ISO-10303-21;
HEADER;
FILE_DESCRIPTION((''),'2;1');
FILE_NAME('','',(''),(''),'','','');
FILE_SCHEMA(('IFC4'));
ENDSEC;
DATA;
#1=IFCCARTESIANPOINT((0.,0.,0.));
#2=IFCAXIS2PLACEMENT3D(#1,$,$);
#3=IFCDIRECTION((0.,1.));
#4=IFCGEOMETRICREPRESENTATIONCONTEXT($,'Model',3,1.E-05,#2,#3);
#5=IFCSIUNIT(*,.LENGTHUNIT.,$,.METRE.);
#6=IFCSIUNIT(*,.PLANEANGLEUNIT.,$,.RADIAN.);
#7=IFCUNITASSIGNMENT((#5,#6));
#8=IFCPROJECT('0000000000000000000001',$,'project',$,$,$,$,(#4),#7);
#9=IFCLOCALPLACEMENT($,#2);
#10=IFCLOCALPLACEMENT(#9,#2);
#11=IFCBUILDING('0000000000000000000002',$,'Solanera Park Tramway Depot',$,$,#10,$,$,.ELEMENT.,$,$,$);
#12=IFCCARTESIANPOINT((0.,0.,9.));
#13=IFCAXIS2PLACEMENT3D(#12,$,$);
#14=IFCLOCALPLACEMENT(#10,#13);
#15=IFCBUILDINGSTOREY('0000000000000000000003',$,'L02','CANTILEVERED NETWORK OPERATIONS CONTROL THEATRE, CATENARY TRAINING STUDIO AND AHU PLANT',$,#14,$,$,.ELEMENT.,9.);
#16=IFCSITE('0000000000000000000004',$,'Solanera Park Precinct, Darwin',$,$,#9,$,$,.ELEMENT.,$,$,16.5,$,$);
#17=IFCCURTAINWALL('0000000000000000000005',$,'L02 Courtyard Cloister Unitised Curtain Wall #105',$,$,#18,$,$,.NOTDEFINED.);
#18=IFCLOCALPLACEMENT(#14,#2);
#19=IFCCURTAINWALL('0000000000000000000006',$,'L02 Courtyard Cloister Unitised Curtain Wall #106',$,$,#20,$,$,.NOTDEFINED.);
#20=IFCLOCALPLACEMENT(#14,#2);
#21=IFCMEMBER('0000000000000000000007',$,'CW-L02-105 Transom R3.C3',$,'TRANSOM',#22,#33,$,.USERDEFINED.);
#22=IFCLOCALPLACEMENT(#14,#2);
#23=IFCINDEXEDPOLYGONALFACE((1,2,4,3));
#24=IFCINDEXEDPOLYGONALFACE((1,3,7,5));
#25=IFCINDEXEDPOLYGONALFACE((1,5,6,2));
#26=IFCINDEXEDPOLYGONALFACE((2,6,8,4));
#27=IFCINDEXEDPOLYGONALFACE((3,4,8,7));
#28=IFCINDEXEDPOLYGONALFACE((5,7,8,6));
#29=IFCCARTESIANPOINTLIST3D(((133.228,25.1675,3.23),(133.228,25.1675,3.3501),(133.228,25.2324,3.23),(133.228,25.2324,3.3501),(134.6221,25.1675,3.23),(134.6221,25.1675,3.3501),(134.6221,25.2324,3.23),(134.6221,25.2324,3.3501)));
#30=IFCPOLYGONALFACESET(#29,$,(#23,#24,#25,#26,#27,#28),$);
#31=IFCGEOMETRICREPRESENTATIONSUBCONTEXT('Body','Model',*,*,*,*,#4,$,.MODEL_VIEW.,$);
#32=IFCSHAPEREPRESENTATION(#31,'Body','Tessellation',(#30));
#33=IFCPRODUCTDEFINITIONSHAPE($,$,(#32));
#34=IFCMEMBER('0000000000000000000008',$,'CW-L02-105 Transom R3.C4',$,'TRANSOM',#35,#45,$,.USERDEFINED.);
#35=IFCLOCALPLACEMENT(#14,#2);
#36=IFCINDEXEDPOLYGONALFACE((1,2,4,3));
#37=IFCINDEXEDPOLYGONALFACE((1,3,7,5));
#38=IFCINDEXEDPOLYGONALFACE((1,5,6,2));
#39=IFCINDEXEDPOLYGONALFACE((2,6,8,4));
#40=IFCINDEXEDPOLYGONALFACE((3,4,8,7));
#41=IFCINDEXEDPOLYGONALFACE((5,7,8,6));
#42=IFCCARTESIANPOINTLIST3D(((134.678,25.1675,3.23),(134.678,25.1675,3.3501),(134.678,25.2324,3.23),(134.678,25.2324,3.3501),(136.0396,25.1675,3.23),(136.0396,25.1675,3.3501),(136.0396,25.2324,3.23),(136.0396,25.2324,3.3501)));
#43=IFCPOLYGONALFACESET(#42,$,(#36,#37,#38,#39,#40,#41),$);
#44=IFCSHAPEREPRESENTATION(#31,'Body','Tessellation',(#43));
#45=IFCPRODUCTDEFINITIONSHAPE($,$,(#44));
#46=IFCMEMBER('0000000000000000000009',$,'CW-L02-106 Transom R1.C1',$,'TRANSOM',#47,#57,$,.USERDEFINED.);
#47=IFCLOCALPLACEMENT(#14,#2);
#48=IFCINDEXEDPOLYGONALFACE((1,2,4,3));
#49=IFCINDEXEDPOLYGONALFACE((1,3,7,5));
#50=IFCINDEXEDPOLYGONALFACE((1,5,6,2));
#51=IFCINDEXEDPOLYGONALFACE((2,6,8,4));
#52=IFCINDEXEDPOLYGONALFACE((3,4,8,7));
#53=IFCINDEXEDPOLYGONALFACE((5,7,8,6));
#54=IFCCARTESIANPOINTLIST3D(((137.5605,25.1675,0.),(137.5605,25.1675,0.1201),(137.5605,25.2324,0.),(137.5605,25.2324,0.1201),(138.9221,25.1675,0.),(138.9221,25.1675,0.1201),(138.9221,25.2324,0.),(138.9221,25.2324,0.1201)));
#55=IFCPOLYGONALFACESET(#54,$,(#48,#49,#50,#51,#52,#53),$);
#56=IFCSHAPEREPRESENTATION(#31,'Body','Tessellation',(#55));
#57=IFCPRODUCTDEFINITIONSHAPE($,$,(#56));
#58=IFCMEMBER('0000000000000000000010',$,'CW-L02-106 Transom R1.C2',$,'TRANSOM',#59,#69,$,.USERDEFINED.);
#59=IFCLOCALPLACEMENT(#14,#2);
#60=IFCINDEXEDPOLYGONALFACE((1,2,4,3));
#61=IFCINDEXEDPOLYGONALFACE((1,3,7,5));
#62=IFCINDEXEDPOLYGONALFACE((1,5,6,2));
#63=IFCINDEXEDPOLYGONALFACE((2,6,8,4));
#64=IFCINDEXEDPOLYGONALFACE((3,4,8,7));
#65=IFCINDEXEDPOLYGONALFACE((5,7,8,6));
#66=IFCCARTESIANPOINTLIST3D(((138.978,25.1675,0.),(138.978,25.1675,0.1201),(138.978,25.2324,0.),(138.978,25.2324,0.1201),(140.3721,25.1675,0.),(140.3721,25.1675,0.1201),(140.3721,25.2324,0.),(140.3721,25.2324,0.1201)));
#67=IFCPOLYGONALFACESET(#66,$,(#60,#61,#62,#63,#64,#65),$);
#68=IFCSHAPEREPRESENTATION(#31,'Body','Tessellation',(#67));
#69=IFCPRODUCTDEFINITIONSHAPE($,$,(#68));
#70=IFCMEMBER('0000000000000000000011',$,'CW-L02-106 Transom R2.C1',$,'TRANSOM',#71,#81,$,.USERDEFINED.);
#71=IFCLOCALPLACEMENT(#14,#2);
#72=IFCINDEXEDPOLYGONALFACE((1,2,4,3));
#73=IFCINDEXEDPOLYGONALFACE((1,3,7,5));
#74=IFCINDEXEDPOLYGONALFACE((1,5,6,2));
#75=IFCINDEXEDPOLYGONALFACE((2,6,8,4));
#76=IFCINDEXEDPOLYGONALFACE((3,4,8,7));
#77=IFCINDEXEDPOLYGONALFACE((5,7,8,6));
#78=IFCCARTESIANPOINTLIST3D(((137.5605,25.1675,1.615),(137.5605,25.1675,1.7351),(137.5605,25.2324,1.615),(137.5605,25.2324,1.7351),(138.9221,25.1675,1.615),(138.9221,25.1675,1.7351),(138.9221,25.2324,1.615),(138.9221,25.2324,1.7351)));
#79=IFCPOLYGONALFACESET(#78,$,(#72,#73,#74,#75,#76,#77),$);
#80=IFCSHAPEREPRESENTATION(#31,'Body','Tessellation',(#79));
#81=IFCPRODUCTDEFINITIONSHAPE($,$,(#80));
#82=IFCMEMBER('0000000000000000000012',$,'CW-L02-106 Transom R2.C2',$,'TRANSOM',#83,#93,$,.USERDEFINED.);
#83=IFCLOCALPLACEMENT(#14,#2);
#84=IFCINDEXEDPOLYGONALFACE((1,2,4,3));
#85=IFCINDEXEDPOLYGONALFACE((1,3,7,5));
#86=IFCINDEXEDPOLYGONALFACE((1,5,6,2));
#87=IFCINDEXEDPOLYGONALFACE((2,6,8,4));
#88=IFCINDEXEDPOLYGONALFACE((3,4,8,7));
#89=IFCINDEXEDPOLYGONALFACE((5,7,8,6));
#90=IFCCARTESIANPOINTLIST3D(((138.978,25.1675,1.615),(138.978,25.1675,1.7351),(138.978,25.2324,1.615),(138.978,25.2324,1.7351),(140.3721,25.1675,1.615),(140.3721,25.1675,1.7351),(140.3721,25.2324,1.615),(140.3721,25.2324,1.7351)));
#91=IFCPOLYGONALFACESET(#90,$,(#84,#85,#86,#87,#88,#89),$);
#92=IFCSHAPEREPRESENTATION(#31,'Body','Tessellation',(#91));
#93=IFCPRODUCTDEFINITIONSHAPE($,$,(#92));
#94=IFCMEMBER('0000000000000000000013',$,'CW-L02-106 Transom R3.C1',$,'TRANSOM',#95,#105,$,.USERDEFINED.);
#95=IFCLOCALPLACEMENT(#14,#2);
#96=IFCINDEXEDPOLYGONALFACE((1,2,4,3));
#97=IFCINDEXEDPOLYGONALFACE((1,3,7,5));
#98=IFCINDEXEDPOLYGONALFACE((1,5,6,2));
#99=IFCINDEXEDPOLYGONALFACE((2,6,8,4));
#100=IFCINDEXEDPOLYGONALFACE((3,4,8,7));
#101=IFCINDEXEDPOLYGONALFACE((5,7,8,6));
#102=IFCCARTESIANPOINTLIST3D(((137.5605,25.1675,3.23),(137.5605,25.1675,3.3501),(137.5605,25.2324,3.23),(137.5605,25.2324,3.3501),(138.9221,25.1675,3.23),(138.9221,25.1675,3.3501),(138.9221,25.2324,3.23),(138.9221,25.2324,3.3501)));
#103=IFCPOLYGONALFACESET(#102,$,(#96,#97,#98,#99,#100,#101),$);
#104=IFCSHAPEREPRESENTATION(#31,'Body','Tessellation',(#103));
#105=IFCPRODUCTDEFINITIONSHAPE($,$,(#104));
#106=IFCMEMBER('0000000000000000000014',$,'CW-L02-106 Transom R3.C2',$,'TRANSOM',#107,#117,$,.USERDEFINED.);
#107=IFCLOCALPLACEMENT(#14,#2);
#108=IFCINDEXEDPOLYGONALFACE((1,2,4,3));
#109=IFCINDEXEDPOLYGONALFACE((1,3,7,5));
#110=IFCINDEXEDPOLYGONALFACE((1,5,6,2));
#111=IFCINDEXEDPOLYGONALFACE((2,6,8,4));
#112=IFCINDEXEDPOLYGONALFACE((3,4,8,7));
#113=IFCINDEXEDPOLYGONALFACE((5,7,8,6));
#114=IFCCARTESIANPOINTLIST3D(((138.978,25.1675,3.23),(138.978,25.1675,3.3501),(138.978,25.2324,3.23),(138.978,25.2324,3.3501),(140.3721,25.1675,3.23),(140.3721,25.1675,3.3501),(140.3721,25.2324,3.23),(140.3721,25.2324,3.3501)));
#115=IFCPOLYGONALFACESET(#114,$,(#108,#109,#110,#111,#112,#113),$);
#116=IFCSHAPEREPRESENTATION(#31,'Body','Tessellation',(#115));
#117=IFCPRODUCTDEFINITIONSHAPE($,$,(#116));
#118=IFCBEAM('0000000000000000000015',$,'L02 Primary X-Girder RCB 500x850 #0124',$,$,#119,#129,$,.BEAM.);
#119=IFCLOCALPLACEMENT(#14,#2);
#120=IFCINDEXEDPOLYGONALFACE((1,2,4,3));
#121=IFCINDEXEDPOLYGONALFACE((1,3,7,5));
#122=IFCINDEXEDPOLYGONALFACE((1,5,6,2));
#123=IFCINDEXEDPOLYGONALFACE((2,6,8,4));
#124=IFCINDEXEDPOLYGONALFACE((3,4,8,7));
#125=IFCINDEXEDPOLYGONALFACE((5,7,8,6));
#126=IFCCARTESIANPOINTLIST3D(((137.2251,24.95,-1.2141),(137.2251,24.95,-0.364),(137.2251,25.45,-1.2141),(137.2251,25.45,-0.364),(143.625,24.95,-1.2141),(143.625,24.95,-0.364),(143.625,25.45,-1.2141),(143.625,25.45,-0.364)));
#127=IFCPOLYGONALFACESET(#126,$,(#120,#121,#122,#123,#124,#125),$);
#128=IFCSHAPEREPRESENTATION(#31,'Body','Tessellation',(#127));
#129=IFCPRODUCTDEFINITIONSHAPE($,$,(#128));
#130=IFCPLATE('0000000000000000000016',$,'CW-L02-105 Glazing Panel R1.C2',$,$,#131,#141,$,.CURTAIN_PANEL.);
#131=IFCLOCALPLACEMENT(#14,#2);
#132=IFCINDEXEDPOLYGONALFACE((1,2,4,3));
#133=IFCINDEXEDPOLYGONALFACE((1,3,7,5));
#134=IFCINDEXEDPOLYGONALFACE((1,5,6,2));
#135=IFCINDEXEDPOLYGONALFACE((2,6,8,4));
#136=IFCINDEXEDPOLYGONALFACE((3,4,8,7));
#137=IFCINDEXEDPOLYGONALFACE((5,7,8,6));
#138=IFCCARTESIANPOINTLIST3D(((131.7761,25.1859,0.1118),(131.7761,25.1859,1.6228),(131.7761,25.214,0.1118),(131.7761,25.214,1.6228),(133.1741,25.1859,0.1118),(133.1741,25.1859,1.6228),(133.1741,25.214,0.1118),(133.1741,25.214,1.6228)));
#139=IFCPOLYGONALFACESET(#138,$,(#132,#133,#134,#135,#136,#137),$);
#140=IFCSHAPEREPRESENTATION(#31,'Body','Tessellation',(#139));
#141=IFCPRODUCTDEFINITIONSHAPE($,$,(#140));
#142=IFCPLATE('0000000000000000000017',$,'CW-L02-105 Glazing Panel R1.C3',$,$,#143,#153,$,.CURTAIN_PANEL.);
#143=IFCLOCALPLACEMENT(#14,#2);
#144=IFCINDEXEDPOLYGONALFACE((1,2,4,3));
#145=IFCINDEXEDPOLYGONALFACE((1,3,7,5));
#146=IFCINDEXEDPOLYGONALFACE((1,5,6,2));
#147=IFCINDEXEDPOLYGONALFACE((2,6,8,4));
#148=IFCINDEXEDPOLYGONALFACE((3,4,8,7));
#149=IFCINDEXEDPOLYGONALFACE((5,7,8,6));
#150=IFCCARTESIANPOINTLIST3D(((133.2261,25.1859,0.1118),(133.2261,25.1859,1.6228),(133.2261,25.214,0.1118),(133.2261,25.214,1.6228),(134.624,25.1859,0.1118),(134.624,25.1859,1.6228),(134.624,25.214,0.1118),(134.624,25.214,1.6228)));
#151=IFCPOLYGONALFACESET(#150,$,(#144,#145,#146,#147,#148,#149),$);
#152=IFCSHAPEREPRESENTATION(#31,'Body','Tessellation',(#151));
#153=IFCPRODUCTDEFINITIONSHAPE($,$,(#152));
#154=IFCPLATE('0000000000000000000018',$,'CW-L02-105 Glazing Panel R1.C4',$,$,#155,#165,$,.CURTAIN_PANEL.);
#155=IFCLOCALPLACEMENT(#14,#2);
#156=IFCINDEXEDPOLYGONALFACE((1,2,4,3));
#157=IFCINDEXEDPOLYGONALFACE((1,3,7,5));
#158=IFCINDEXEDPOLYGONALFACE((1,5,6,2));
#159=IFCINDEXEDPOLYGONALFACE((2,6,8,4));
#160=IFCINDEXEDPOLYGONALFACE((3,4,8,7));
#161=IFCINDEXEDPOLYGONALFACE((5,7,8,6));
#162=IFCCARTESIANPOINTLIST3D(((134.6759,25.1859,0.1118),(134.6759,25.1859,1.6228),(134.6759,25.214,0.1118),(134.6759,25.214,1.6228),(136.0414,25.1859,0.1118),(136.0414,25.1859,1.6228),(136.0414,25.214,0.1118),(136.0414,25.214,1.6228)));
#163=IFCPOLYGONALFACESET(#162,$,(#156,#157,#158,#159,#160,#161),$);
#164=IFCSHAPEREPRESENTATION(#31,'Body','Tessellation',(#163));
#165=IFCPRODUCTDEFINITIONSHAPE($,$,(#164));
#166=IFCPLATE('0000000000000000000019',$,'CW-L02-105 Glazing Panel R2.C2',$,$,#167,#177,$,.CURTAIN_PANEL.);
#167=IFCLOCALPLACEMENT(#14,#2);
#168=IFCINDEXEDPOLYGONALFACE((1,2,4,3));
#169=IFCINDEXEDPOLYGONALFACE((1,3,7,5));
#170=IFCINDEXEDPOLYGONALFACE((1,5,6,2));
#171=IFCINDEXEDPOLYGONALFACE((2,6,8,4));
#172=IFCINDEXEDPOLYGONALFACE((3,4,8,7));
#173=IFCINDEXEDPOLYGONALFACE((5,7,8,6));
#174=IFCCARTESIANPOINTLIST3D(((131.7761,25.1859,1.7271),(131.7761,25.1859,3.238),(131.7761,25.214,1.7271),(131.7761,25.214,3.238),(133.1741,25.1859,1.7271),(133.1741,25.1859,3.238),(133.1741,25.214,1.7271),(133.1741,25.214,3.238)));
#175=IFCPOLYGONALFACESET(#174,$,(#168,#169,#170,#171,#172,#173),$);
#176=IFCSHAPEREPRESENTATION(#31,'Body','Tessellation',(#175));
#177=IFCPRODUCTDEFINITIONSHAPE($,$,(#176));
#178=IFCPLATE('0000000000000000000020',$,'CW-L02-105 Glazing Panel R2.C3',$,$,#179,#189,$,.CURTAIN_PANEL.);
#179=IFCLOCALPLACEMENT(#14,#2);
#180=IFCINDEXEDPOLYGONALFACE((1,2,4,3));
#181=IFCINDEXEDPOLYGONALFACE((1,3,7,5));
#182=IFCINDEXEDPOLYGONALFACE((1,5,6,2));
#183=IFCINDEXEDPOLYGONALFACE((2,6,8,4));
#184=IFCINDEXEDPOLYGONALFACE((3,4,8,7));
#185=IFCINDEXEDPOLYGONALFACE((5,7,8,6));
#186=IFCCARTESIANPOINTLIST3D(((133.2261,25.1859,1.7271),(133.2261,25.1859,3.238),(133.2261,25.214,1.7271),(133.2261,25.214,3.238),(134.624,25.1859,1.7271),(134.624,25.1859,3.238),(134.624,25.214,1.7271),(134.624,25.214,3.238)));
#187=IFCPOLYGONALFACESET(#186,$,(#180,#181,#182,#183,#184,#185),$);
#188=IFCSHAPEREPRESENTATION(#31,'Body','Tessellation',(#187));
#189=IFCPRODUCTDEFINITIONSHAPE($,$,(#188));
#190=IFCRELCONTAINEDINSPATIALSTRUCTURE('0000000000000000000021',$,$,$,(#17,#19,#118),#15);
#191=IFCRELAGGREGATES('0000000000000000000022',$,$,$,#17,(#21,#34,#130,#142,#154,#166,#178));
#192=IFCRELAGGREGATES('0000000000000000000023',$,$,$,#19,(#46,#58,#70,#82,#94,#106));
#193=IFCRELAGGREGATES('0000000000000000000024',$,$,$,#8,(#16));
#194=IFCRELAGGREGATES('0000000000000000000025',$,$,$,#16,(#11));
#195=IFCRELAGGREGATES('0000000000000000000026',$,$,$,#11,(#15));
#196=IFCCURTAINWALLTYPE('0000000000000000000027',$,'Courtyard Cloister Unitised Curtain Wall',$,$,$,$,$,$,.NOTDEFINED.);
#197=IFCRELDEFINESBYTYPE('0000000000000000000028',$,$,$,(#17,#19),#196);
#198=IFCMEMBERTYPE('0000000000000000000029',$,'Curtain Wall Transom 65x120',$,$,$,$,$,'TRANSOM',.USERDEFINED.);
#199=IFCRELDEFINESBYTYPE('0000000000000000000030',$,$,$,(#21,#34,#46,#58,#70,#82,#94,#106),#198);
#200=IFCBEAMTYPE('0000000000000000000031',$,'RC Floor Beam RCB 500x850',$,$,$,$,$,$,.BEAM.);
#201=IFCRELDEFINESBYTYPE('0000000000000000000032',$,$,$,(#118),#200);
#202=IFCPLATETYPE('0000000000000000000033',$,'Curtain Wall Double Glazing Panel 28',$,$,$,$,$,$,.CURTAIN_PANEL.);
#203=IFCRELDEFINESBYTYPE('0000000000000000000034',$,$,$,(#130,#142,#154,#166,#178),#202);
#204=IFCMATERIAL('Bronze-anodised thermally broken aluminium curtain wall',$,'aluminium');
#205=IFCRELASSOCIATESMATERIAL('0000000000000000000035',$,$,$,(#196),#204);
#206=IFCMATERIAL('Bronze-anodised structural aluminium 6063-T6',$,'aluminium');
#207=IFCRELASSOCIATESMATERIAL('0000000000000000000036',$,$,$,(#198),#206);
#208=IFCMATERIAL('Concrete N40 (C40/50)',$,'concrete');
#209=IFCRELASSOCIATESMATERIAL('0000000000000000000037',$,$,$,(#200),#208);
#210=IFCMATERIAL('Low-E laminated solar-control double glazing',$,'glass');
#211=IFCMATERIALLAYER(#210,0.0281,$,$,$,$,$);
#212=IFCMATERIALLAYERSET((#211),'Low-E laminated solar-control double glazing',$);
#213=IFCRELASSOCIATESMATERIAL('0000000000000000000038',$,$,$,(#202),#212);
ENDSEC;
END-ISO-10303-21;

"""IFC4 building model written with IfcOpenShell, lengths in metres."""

from ifc_helpers import new_model, si_unit, direction, frame, origin, origin_2d, place, context, subcontext, project, spatial, rectangle, extrude, material, layer, layer_set, material_profile, profile_set, type_object, element, aggregate, save


model = new_model("IFC4")

# Units and contexts
model_context = context("Model", 3, precision=1e-05, world=origin(), true_north=direction((0.0, 1.0)))
body_context = subcontext(model_context, "Body", "Model", "MODEL_VIEW")
ifc_project = project(units=[si_unit("LENGTHUNIT", "METRE"), si_unit("PLANEANGLEUNIT", "RADIAN")], contexts=[model_context])

# Site, building, storey
site_placement = place(None, origin())
site = spatial("IfcSite", under=ifc_project, at=site_placement, Name="Solanera Park Precinct, Darwin", CompositionType="ELEMENT", RefElevation=16.5)
building_placement = place(site_placement, origin())
building = spatial("IfcBuilding", under=site, at=building_placement, Name="Solanera Park Tramway Depot", CompositionType="ELEMENT")
storey_placement = place(building_placement, frame((0.0, 0.0, 9.0)))
storey = spatial("IfcBuildingStorey", under=building, at=storey_placement, Name="L02", Description="CANTILEVERED NETWORK OPERATIONS CONTROL THEATRE, CATENARY TRAINING STUDIO AND AHU PLANT", CompositionType="ELEMENT", Elevation=9.0)

# Curtain walls
ifc_material_1 = material(Name="Bronze-anodised thermally broken aluminium curtain wall", Category="aluminium")
curtain_wall_type = type_object("IfcCurtainWallType", Name="Courtyard Cloister Unitised Curtain Wall", PredefinedType="NOTDEFINED", material=ifc_material_1)
curtain_wall_1_placement = place(storey_placement, origin())
curtain_wall_1 = element("IfcCurtainWall", 1, at=curtain_wall_1_placement, inside=storey, type_object=curtain_wall_type, Name="L02 Courtyard Cloister Unitised Curtain Wall #105", PredefinedType="NOTDEFINED")
curtain_wall_2_placement = place(storey_placement, origin())
curtain_wall_2 = element("IfcCurtainWall", 2, at=curtain_wall_2_placement, inside=storey, type_object=curtain_wall_type, Name="L02 Courtyard Cloister Unitised Curtain Wall #106", PredefinedType="NOTDEFINED")

# Members
ifc_material_2 = material(Name="Bronze-anodised structural aluminium 6063-T6", Category="aluminium")
ifc_material_profile_1 = material_profile(ifc_material_2, rectangle(XDim=0.0649, YDim=0.1201, at=origin_2d()), Name="Curtain Wall Transom 65x120")
ifc_profile_set_1 = profile_set([ifc_material_profile_1], Name="Bronze-anodised structural aluminium 6063-T6")
member_type_1 = type_object("IfcMemberType", Name="Curtain Wall Transom 65x120", ElementType="TRANSOM", PredefinedType="USERDEFINED", material=ifc_profile_set_1)
member_1_placement = place(storey_placement, frame((133.228, 25.2, 3.29), z_axis=(1.0, 0.0, 0.0), x_axis=(0.0, 1.0, 0.0)))
member_1 = element("IfcMember", 3, at=member_1_placement, type_object=member_type_1, Name="CW-L02-105 Transom R3.C3", ObjectType="TRANSOM", PredefinedType="USERDEFINED", context=body_context, shape_type="SweptSolid", body=[
    extrude(rectangle(XDim=0.0649, YDim=0.1201, at=origin_2d()), origin(), (0.0, 0.0, 1.0), 1.394),
])
member_2_placement = place(storey_placement, frame((134.678, 25.2, 3.29), z_axis=(1.0, 0.0, 0.0), x_axis=(0.0, 1.0, 0.0)))
member_2 = element("IfcMember", 4, at=member_2_placement, type_object=member_type_1, Name="CW-L02-105 Transom R3.C4", ObjectType="TRANSOM", PredefinedType="USERDEFINED", context=body_context, shape_type="SweptSolid", body=[
    extrude(rectangle(XDim=0.0649, YDim=0.1201, at=origin_2d()), origin(), (0.0, 0.0, 1.0), 1.3616),
])
member_3_placement = place(storey_placement, frame((137.5605, 25.2, 0.0601), z_axis=(1.0, 0.0, 0.0), x_axis=(0.0, 1.0, 0.0)))
member_3 = element("IfcMember", 5, at=member_3_placement, type_object=member_type_1, Name="CW-L02-106 Transom R1.C1", ObjectType="TRANSOM", PredefinedType="USERDEFINED", context=body_context, shape_type="SweptSolid", body=[
    extrude(rectangle(XDim=0.0649, YDim=0.1201, at=origin_2d()), origin(), (0.0, 0.0, 1.0), 1.3616),
])
member_4_placement = place(storey_placement, frame((138.978, 25.2, 0.0601), z_axis=(1.0, 0.0, 0.0), x_axis=(0.0, 1.0, 0.0)))
member_4 = element("IfcMember", 6, at=member_4_placement, type_object=member_type_1, Name="CW-L02-106 Transom R1.C2", ObjectType="TRANSOM", PredefinedType="USERDEFINED", context=body_context, shape_type="SweptSolid", body=[
    extrude(rectangle(XDim=0.0649, YDim=0.1201, at=origin_2d()), origin(), (0.0, 0.0, 1.0), 1.394),
])
member_5_placement = place(storey_placement, frame((137.5605, 25.2, 1.675), z_axis=(1.0, 0.0, 0.0), x_axis=(0.0, 1.0, 0.0)))
member_5 = element("IfcMember", 7, at=member_5_placement, type_object=member_type_1, Name="CW-L02-106 Transom R2.C1", ObjectType="TRANSOM", PredefinedType="USERDEFINED", context=body_context, shape_type="SweptSolid", body=[
    extrude(rectangle(XDim=0.0649, YDim=0.1201, at=origin_2d()), origin(), (0.0, 0.0, 1.0), 1.3616),
])
member_6_placement = place(storey_placement, frame((138.978, 25.2, 1.675), z_axis=(1.0, 0.0, 0.0), x_axis=(0.0, 1.0, 0.0)))
member_6 = element("IfcMember", 8, at=member_6_placement, type_object=member_type_1, Name="CW-L02-106 Transom R2.C2", ObjectType="TRANSOM", PredefinedType="USERDEFINED", context=body_context, shape_type="SweptSolid", body=[
    extrude(rectangle(XDim=0.0649, YDim=0.1201, at=origin_2d()), origin(), (0.0, 0.0, 1.0), 1.394),
])
member_7_placement = place(storey_placement, frame((137.5605, 25.2, 3.29), z_axis=(1.0, 0.0, 0.0), x_axis=(0.0, 1.0, 0.0)))
member_7 = element("IfcMember", 9, at=member_7_placement, type_object=member_type_1, Name="CW-L02-106 Transom R3.C1", ObjectType="TRANSOM", PredefinedType="USERDEFINED", context=body_context, shape_type="SweptSolid", body=[
    extrude(rectangle(XDim=0.0649, YDim=0.1201, at=origin_2d()), origin(), (0.0, 0.0, 1.0), 1.3616),
])
member_8_placement = place(storey_placement, frame((138.978, 25.2, 3.29), z_axis=(1.0, 0.0, 0.0), x_axis=(0.0, 1.0, 0.0)))
member_8 = element("IfcMember", 10, at=member_8_placement, type_object=member_type_1, Name="CW-L02-106 Transom R3.C2", ObjectType="TRANSOM", PredefinedType="USERDEFINED", context=body_context, shape_type="SweptSolid", body=[
    extrude(rectangle(XDim=0.0649, YDim=0.1201, at=origin_2d()), origin(), (0.0, 0.0, 1.0), 1.394),
])

# Beam
ifc_material_3 = material(Name="Concrete N40 (C40/50)", Category="concrete")
ifc_material_profile_2 = material_profile(ifc_material_3, rectangle(XDim=0.5, YDim=0.8501, at=origin_2d()), Name="RCB 500x850")
ifc_profile_set_2 = profile_set([ifc_material_profile_2], Name="Concrete N40 (C40/50)")
beam_type = type_object("IfcBeamType", Name="RC Floor Beam RCB 500x850", PredefinedType="BEAM", material=ifc_profile_set_2)
beam_placement = place(storey_placement, frame((137.2251, 25.2, -0.7891), z_axis=(1.0, 0.0, 0.0), x_axis=(0.0, 1.0, 0.0)))
element("IfcBeam", 11, at=beam_placement, inside=storey, type_object=beam_type, Name="L02 Primary X-Girder RCB 500x850 #0124", PredefinedType="BEAM", context=body_context, shape_type="SweptSolid", body=[
    extrude(rectangle(XDim=0.5, YDim=0.8501, at=origin_2d()), origin(), (0.0, 0.0, 1.0), 6.3999),
])

# Plates
ifc_material_4 = material(Name="Low-E laminated solar-control double glazing", Category="glass")
ifc_layer_1 = layer(ifc_material_4, 0.0281)
ifc_layer_set_1 = layer_set([ifc_layer_1], Name="Low-E laminated solar-control double glazing")
plate_type_1 = type_object("IfcPlateType", Name="Curtain Wall Double Glazing Panel 28", PredefinedType="CURTAIN_PANEL", material=ifc_layer_set_1)
plate_1_placement = place(storey_placement, frame((132.4751, 25.2, 0.1118), z_axis=(0.0, 0.0, 1.0), x_axis=(1.0, 0.0, 0.0)))
plate_1 = element("IfcPlate", 12, at=plate_1_placement, type_object=plate_type_1, Name="CW-L02-105 Glazing Panel R1.C2", PredefinedType="CURTAIN_PANEL", context=body_context, shape_type="SweptSolid", body=[
    extrude(rectangle(XDim=1.3979, YDim=0.0281, at=origin_2d()), origin(), (0.0, 0.0, 1.0), 1.511),
])
plate_2_placement = place(storey_placement, frame((133.925, 25.2, 0.1118), z_axis=(0.0, 0.0, 1.0), x_axis=(1.0, 0.0, 0.0)))
plate_2 = element("IfcPlate", 13, at=plate_2_placement, type_object=plate_type_1, Name="CW-L02-105 Glazing Panel R1.C3", PredefinedType="CURTAIN_PANEL", context=body_context, shape_type="SweptSolid", body=[
    extrude(rectangle(XDim=1.3979, YDim=0.0281, at=origin_2d()), origin(), (0.0, 0.0, 1.0), 1.511),
])
plate_3_placement = place(storey_placement, frame((135.3586, 25.2, 0.1118), z_axis=(0.0, 0.0, 1.0), x_axis=(1.0, 0.0, 0.0)))
plate_3 = element("IfcPlate", 14, at=plate_3_placement, type_object=plate_type_1, Name="CW-L02-105 Glazing Panel R1.C4", PredefinedType="CURTAIN_PANEL", context=body_context, shape_type="SweptSolid", body=[
    extrude(rectangle(XDim=1.3655, YDim=0.0281, at=origin_2d()), origin(), (0.0, 0.0, 1.0), 1.511),
])
plate_4_placement = place(storey_placement, frame((132.4751, 25.2, 1.7271), z_axis=(0.0, 0.0, 1.0), x_axis=(1.0, 0.0, 0.0)))
plate_4 = element("IfcPlate", 15, at=plate_4_placement, type_object=plate_type_1, Name="CW-L02-105 Glazing Panel R2.C2", PredefinedType="CURTAIN_PANEL", context=body_context, shape_type="SweptSolid", body=[
    extrude(rectangle(XDim=1.3979, YDim=0.0281, at=origin_2d()), origin(), (0.0, 0.0, 1.0), 1.511),
])
plate_5_placement = place(storey_placement, frame((133.925, 25.2, 1.7271), z_axis=(0.0, 0.0, 1.0), x_axis=(1.0, 0.0, 0.0)))
plate_5 = element("IfcPlate", 16, at=plate_5_placement, type_object=plate_type_1, Name="CW-L02-105 Glazing Panel R2.C3", PredefinedType="CURTAIN_PANEL", context=body_context, shape_type="SweptSolid", body=[
    extrude(rectangle(XDim=1.3979, YDim=0.0281, at=origin_2d()), origin(), (0.0, 0.0, 1.0), 1.511),
])
aggregate(curtain_wall_1, [member_1, member_2, plate_1, plate_2, plate_3, plate_4, plate_5])
aggregate(curtain_wall_2, [member_3, member_4, member_5, member_6, member_7, member_8])

save(model, "model.ifc")
